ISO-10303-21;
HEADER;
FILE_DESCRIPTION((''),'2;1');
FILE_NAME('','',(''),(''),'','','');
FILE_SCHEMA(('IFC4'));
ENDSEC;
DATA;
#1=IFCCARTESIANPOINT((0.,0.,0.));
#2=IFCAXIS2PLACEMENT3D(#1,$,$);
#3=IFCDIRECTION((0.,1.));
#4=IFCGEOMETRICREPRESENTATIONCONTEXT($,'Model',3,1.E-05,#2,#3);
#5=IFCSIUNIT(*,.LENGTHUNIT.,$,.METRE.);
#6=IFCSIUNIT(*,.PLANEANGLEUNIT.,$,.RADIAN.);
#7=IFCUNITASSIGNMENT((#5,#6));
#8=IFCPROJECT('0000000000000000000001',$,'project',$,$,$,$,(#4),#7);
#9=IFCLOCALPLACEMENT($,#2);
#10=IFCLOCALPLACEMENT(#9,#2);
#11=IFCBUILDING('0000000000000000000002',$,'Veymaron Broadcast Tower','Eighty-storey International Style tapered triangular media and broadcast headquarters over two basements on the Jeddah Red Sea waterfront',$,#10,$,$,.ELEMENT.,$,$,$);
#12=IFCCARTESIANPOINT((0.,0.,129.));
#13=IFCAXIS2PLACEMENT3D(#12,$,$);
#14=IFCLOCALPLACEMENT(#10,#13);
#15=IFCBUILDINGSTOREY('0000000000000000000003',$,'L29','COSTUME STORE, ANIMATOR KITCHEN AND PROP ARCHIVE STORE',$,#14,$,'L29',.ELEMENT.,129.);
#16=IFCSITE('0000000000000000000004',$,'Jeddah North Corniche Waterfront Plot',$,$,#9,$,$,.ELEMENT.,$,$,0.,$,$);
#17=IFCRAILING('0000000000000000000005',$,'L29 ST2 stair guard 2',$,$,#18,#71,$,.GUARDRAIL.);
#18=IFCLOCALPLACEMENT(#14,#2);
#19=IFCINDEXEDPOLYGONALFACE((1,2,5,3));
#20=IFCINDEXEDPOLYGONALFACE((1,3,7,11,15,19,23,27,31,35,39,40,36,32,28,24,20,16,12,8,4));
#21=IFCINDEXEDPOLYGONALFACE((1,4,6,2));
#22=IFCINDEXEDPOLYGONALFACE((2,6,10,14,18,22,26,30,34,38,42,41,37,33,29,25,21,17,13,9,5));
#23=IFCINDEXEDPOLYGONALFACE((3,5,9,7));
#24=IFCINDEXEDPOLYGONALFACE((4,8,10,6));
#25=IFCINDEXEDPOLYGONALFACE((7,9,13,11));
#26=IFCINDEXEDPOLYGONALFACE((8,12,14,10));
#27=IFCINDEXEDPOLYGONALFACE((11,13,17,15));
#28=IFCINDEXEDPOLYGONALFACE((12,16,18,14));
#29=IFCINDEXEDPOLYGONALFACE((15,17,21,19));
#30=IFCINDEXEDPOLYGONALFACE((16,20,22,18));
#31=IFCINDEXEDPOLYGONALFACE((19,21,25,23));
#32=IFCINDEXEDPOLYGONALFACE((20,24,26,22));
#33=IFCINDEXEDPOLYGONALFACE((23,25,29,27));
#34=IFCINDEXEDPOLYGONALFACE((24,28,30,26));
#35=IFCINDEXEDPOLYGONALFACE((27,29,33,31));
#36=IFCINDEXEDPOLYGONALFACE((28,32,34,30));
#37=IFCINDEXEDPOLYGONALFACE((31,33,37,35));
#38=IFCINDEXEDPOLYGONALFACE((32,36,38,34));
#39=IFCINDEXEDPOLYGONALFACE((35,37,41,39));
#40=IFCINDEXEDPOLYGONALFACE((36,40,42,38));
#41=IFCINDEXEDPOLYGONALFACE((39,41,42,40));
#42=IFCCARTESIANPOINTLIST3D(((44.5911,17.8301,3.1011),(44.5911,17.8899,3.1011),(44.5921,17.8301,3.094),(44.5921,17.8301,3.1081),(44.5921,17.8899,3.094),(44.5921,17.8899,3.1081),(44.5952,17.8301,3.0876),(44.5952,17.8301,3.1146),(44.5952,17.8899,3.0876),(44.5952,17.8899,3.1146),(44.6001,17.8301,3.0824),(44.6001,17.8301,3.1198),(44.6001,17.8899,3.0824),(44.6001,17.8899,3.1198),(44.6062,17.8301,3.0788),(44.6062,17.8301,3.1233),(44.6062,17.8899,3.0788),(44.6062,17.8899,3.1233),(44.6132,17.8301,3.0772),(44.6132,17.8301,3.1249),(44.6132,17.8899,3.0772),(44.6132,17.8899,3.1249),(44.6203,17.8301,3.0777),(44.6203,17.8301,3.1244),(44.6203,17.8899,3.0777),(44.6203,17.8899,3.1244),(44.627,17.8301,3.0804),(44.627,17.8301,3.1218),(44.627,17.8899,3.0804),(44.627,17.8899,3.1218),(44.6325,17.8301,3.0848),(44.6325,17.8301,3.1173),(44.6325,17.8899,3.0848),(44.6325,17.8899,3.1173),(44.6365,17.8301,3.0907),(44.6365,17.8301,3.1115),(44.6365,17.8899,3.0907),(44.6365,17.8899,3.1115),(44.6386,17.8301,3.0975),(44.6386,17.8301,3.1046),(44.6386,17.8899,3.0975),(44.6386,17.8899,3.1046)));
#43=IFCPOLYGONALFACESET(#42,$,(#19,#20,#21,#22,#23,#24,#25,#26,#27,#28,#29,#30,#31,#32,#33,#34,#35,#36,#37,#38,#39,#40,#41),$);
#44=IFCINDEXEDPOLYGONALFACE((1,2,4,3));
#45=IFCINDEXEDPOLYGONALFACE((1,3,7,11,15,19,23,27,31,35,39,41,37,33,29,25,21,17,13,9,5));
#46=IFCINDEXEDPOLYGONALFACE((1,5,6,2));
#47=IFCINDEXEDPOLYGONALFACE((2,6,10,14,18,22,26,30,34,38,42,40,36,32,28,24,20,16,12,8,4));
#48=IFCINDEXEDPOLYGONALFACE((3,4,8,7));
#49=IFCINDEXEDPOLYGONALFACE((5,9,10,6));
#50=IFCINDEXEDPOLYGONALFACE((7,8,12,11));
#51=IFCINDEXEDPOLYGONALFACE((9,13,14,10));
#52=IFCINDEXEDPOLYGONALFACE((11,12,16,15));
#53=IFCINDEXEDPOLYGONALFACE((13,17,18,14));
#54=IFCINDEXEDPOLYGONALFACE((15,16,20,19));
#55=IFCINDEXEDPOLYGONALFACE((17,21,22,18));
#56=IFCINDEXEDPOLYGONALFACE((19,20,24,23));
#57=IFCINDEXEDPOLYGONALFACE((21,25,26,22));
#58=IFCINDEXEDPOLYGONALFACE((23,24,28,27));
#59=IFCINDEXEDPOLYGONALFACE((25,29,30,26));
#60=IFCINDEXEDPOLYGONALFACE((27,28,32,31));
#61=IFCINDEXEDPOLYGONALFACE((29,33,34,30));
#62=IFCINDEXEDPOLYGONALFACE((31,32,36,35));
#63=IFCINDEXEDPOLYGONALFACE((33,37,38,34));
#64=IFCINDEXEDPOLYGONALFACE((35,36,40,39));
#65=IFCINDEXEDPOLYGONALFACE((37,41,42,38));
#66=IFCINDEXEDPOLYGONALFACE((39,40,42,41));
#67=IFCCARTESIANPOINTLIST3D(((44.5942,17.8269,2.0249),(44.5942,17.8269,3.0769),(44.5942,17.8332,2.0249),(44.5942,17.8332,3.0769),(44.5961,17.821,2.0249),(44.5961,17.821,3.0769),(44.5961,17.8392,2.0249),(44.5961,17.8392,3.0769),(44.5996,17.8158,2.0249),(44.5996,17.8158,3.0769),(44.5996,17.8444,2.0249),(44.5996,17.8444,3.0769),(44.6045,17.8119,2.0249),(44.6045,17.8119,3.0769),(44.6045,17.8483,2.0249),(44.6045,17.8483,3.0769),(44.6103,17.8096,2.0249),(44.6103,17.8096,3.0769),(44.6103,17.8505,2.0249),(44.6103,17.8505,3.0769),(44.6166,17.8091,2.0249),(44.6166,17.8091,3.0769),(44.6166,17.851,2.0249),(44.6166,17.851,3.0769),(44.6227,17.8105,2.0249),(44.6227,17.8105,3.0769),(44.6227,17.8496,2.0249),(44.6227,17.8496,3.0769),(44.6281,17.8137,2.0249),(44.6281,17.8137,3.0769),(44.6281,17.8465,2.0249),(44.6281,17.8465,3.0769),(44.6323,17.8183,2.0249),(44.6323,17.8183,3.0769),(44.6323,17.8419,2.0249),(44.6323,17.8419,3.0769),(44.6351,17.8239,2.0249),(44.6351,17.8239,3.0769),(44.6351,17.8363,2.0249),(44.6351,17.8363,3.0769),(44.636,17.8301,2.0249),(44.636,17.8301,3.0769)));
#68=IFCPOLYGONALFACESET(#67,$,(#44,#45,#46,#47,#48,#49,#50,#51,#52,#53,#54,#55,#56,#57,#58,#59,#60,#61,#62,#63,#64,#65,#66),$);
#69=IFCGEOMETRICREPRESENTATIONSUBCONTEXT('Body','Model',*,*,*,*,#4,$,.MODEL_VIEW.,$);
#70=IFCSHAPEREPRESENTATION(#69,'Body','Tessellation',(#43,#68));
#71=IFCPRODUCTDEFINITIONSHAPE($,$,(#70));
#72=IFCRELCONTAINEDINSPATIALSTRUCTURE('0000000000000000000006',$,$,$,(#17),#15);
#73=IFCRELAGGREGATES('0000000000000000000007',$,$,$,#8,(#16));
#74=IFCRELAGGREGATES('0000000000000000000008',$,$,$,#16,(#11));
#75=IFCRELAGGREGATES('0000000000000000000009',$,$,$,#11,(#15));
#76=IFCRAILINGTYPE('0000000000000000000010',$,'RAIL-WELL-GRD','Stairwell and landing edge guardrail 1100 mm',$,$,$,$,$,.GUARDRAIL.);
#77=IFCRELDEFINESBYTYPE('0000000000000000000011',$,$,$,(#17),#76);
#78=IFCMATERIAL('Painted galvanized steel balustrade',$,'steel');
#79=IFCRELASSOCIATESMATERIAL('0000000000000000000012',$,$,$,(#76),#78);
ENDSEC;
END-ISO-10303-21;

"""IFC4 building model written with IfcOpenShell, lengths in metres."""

from ifc_helpers import new_model, si_unit, direction, frame, origin, origin_2d, place, context, subcontext, project, spatial, circle, extrude, material, type_object, element, save


model = new_model("IFC4")

# Units and contexts
model_context = context("Model", 3, precision=1e-05, world=origin(), true_north=direction((0.0, 1.0)))
body_context = subcontext(model_context, "Body", "Model", "MODEL_VIEW")
ifc_project = project(units=[si_unit("LENGTHUNIT", "METRE"), si_unit("PLANEANGLEUNIT", "RADIAN")], contexts=[model_context])

# Site, building, storey
site_placement = place(None, origin())
site = spatial("IfcSite", under=ifc_project, at=site_placement, Name="Jeddah North Corniche Waterfront Plot", CompositionType="ELEMENT", RefElevation=0.0)
building_placement = place(site_placement, origin())
building = spatial("IfcBuilding", under=site, at=building_placement, Name="Veymaron Broadcast Tower", Description="Eighty-storey International Style tapered triangular media and broadcast headquarters over two basements on the Jeddah Red Sea waterfront", CompositionType="ELEMENT")
storey_placement = place(building_placement, frame((0.0, 0.0, 129.0)))
storey = spatial("IfcBuildingStorey", under=building, at=storey_placement, Name="L29", Description="COSTUME STORE, ANIMATOR KITCHEN AND PROP ARCHIVE STORE", LongName="L29", CompositionType="ELEMENT", Elevation=129.0)

# Railing
ifc_material_1 = material(Name="Painted galvanized steel balustrade", Category="steel")
railing_type = type_object("IfcRailingType", Name="RAIL-WELL-GRD", Description="Stairwell and landing edge guardrail 1100 mm", PredefinedType="GUARDRAIL", material=ifc_material_1)
railing_placement = place(storey_placement, frame((44.615, 17.8301, 2.0249)))
element("IfcRailing", 1, at=railing_placement, inside=storey, type_object=railing_type, Name="L29 ST2 stair guard 2", PredefinedType="GUARDRAIL", context=body_context, shape_type="SweptSolid", body=[
    extrude(circle(Radius=0.0239, at=origin_2d()), frame((0.0, 0.0, 1.0762), z_axis=(0.0, 1.0, 0.0), x_axis=(-1.0, 0.0, 0.0)), (0.0, 0.0, 1.0), 0.0598),
    extrude(circle(Radius=0.021, at=origin_2d()), origin(), (0.0, 0.0, 1.0), 1.052),
])

save(model, "model.ifc")
